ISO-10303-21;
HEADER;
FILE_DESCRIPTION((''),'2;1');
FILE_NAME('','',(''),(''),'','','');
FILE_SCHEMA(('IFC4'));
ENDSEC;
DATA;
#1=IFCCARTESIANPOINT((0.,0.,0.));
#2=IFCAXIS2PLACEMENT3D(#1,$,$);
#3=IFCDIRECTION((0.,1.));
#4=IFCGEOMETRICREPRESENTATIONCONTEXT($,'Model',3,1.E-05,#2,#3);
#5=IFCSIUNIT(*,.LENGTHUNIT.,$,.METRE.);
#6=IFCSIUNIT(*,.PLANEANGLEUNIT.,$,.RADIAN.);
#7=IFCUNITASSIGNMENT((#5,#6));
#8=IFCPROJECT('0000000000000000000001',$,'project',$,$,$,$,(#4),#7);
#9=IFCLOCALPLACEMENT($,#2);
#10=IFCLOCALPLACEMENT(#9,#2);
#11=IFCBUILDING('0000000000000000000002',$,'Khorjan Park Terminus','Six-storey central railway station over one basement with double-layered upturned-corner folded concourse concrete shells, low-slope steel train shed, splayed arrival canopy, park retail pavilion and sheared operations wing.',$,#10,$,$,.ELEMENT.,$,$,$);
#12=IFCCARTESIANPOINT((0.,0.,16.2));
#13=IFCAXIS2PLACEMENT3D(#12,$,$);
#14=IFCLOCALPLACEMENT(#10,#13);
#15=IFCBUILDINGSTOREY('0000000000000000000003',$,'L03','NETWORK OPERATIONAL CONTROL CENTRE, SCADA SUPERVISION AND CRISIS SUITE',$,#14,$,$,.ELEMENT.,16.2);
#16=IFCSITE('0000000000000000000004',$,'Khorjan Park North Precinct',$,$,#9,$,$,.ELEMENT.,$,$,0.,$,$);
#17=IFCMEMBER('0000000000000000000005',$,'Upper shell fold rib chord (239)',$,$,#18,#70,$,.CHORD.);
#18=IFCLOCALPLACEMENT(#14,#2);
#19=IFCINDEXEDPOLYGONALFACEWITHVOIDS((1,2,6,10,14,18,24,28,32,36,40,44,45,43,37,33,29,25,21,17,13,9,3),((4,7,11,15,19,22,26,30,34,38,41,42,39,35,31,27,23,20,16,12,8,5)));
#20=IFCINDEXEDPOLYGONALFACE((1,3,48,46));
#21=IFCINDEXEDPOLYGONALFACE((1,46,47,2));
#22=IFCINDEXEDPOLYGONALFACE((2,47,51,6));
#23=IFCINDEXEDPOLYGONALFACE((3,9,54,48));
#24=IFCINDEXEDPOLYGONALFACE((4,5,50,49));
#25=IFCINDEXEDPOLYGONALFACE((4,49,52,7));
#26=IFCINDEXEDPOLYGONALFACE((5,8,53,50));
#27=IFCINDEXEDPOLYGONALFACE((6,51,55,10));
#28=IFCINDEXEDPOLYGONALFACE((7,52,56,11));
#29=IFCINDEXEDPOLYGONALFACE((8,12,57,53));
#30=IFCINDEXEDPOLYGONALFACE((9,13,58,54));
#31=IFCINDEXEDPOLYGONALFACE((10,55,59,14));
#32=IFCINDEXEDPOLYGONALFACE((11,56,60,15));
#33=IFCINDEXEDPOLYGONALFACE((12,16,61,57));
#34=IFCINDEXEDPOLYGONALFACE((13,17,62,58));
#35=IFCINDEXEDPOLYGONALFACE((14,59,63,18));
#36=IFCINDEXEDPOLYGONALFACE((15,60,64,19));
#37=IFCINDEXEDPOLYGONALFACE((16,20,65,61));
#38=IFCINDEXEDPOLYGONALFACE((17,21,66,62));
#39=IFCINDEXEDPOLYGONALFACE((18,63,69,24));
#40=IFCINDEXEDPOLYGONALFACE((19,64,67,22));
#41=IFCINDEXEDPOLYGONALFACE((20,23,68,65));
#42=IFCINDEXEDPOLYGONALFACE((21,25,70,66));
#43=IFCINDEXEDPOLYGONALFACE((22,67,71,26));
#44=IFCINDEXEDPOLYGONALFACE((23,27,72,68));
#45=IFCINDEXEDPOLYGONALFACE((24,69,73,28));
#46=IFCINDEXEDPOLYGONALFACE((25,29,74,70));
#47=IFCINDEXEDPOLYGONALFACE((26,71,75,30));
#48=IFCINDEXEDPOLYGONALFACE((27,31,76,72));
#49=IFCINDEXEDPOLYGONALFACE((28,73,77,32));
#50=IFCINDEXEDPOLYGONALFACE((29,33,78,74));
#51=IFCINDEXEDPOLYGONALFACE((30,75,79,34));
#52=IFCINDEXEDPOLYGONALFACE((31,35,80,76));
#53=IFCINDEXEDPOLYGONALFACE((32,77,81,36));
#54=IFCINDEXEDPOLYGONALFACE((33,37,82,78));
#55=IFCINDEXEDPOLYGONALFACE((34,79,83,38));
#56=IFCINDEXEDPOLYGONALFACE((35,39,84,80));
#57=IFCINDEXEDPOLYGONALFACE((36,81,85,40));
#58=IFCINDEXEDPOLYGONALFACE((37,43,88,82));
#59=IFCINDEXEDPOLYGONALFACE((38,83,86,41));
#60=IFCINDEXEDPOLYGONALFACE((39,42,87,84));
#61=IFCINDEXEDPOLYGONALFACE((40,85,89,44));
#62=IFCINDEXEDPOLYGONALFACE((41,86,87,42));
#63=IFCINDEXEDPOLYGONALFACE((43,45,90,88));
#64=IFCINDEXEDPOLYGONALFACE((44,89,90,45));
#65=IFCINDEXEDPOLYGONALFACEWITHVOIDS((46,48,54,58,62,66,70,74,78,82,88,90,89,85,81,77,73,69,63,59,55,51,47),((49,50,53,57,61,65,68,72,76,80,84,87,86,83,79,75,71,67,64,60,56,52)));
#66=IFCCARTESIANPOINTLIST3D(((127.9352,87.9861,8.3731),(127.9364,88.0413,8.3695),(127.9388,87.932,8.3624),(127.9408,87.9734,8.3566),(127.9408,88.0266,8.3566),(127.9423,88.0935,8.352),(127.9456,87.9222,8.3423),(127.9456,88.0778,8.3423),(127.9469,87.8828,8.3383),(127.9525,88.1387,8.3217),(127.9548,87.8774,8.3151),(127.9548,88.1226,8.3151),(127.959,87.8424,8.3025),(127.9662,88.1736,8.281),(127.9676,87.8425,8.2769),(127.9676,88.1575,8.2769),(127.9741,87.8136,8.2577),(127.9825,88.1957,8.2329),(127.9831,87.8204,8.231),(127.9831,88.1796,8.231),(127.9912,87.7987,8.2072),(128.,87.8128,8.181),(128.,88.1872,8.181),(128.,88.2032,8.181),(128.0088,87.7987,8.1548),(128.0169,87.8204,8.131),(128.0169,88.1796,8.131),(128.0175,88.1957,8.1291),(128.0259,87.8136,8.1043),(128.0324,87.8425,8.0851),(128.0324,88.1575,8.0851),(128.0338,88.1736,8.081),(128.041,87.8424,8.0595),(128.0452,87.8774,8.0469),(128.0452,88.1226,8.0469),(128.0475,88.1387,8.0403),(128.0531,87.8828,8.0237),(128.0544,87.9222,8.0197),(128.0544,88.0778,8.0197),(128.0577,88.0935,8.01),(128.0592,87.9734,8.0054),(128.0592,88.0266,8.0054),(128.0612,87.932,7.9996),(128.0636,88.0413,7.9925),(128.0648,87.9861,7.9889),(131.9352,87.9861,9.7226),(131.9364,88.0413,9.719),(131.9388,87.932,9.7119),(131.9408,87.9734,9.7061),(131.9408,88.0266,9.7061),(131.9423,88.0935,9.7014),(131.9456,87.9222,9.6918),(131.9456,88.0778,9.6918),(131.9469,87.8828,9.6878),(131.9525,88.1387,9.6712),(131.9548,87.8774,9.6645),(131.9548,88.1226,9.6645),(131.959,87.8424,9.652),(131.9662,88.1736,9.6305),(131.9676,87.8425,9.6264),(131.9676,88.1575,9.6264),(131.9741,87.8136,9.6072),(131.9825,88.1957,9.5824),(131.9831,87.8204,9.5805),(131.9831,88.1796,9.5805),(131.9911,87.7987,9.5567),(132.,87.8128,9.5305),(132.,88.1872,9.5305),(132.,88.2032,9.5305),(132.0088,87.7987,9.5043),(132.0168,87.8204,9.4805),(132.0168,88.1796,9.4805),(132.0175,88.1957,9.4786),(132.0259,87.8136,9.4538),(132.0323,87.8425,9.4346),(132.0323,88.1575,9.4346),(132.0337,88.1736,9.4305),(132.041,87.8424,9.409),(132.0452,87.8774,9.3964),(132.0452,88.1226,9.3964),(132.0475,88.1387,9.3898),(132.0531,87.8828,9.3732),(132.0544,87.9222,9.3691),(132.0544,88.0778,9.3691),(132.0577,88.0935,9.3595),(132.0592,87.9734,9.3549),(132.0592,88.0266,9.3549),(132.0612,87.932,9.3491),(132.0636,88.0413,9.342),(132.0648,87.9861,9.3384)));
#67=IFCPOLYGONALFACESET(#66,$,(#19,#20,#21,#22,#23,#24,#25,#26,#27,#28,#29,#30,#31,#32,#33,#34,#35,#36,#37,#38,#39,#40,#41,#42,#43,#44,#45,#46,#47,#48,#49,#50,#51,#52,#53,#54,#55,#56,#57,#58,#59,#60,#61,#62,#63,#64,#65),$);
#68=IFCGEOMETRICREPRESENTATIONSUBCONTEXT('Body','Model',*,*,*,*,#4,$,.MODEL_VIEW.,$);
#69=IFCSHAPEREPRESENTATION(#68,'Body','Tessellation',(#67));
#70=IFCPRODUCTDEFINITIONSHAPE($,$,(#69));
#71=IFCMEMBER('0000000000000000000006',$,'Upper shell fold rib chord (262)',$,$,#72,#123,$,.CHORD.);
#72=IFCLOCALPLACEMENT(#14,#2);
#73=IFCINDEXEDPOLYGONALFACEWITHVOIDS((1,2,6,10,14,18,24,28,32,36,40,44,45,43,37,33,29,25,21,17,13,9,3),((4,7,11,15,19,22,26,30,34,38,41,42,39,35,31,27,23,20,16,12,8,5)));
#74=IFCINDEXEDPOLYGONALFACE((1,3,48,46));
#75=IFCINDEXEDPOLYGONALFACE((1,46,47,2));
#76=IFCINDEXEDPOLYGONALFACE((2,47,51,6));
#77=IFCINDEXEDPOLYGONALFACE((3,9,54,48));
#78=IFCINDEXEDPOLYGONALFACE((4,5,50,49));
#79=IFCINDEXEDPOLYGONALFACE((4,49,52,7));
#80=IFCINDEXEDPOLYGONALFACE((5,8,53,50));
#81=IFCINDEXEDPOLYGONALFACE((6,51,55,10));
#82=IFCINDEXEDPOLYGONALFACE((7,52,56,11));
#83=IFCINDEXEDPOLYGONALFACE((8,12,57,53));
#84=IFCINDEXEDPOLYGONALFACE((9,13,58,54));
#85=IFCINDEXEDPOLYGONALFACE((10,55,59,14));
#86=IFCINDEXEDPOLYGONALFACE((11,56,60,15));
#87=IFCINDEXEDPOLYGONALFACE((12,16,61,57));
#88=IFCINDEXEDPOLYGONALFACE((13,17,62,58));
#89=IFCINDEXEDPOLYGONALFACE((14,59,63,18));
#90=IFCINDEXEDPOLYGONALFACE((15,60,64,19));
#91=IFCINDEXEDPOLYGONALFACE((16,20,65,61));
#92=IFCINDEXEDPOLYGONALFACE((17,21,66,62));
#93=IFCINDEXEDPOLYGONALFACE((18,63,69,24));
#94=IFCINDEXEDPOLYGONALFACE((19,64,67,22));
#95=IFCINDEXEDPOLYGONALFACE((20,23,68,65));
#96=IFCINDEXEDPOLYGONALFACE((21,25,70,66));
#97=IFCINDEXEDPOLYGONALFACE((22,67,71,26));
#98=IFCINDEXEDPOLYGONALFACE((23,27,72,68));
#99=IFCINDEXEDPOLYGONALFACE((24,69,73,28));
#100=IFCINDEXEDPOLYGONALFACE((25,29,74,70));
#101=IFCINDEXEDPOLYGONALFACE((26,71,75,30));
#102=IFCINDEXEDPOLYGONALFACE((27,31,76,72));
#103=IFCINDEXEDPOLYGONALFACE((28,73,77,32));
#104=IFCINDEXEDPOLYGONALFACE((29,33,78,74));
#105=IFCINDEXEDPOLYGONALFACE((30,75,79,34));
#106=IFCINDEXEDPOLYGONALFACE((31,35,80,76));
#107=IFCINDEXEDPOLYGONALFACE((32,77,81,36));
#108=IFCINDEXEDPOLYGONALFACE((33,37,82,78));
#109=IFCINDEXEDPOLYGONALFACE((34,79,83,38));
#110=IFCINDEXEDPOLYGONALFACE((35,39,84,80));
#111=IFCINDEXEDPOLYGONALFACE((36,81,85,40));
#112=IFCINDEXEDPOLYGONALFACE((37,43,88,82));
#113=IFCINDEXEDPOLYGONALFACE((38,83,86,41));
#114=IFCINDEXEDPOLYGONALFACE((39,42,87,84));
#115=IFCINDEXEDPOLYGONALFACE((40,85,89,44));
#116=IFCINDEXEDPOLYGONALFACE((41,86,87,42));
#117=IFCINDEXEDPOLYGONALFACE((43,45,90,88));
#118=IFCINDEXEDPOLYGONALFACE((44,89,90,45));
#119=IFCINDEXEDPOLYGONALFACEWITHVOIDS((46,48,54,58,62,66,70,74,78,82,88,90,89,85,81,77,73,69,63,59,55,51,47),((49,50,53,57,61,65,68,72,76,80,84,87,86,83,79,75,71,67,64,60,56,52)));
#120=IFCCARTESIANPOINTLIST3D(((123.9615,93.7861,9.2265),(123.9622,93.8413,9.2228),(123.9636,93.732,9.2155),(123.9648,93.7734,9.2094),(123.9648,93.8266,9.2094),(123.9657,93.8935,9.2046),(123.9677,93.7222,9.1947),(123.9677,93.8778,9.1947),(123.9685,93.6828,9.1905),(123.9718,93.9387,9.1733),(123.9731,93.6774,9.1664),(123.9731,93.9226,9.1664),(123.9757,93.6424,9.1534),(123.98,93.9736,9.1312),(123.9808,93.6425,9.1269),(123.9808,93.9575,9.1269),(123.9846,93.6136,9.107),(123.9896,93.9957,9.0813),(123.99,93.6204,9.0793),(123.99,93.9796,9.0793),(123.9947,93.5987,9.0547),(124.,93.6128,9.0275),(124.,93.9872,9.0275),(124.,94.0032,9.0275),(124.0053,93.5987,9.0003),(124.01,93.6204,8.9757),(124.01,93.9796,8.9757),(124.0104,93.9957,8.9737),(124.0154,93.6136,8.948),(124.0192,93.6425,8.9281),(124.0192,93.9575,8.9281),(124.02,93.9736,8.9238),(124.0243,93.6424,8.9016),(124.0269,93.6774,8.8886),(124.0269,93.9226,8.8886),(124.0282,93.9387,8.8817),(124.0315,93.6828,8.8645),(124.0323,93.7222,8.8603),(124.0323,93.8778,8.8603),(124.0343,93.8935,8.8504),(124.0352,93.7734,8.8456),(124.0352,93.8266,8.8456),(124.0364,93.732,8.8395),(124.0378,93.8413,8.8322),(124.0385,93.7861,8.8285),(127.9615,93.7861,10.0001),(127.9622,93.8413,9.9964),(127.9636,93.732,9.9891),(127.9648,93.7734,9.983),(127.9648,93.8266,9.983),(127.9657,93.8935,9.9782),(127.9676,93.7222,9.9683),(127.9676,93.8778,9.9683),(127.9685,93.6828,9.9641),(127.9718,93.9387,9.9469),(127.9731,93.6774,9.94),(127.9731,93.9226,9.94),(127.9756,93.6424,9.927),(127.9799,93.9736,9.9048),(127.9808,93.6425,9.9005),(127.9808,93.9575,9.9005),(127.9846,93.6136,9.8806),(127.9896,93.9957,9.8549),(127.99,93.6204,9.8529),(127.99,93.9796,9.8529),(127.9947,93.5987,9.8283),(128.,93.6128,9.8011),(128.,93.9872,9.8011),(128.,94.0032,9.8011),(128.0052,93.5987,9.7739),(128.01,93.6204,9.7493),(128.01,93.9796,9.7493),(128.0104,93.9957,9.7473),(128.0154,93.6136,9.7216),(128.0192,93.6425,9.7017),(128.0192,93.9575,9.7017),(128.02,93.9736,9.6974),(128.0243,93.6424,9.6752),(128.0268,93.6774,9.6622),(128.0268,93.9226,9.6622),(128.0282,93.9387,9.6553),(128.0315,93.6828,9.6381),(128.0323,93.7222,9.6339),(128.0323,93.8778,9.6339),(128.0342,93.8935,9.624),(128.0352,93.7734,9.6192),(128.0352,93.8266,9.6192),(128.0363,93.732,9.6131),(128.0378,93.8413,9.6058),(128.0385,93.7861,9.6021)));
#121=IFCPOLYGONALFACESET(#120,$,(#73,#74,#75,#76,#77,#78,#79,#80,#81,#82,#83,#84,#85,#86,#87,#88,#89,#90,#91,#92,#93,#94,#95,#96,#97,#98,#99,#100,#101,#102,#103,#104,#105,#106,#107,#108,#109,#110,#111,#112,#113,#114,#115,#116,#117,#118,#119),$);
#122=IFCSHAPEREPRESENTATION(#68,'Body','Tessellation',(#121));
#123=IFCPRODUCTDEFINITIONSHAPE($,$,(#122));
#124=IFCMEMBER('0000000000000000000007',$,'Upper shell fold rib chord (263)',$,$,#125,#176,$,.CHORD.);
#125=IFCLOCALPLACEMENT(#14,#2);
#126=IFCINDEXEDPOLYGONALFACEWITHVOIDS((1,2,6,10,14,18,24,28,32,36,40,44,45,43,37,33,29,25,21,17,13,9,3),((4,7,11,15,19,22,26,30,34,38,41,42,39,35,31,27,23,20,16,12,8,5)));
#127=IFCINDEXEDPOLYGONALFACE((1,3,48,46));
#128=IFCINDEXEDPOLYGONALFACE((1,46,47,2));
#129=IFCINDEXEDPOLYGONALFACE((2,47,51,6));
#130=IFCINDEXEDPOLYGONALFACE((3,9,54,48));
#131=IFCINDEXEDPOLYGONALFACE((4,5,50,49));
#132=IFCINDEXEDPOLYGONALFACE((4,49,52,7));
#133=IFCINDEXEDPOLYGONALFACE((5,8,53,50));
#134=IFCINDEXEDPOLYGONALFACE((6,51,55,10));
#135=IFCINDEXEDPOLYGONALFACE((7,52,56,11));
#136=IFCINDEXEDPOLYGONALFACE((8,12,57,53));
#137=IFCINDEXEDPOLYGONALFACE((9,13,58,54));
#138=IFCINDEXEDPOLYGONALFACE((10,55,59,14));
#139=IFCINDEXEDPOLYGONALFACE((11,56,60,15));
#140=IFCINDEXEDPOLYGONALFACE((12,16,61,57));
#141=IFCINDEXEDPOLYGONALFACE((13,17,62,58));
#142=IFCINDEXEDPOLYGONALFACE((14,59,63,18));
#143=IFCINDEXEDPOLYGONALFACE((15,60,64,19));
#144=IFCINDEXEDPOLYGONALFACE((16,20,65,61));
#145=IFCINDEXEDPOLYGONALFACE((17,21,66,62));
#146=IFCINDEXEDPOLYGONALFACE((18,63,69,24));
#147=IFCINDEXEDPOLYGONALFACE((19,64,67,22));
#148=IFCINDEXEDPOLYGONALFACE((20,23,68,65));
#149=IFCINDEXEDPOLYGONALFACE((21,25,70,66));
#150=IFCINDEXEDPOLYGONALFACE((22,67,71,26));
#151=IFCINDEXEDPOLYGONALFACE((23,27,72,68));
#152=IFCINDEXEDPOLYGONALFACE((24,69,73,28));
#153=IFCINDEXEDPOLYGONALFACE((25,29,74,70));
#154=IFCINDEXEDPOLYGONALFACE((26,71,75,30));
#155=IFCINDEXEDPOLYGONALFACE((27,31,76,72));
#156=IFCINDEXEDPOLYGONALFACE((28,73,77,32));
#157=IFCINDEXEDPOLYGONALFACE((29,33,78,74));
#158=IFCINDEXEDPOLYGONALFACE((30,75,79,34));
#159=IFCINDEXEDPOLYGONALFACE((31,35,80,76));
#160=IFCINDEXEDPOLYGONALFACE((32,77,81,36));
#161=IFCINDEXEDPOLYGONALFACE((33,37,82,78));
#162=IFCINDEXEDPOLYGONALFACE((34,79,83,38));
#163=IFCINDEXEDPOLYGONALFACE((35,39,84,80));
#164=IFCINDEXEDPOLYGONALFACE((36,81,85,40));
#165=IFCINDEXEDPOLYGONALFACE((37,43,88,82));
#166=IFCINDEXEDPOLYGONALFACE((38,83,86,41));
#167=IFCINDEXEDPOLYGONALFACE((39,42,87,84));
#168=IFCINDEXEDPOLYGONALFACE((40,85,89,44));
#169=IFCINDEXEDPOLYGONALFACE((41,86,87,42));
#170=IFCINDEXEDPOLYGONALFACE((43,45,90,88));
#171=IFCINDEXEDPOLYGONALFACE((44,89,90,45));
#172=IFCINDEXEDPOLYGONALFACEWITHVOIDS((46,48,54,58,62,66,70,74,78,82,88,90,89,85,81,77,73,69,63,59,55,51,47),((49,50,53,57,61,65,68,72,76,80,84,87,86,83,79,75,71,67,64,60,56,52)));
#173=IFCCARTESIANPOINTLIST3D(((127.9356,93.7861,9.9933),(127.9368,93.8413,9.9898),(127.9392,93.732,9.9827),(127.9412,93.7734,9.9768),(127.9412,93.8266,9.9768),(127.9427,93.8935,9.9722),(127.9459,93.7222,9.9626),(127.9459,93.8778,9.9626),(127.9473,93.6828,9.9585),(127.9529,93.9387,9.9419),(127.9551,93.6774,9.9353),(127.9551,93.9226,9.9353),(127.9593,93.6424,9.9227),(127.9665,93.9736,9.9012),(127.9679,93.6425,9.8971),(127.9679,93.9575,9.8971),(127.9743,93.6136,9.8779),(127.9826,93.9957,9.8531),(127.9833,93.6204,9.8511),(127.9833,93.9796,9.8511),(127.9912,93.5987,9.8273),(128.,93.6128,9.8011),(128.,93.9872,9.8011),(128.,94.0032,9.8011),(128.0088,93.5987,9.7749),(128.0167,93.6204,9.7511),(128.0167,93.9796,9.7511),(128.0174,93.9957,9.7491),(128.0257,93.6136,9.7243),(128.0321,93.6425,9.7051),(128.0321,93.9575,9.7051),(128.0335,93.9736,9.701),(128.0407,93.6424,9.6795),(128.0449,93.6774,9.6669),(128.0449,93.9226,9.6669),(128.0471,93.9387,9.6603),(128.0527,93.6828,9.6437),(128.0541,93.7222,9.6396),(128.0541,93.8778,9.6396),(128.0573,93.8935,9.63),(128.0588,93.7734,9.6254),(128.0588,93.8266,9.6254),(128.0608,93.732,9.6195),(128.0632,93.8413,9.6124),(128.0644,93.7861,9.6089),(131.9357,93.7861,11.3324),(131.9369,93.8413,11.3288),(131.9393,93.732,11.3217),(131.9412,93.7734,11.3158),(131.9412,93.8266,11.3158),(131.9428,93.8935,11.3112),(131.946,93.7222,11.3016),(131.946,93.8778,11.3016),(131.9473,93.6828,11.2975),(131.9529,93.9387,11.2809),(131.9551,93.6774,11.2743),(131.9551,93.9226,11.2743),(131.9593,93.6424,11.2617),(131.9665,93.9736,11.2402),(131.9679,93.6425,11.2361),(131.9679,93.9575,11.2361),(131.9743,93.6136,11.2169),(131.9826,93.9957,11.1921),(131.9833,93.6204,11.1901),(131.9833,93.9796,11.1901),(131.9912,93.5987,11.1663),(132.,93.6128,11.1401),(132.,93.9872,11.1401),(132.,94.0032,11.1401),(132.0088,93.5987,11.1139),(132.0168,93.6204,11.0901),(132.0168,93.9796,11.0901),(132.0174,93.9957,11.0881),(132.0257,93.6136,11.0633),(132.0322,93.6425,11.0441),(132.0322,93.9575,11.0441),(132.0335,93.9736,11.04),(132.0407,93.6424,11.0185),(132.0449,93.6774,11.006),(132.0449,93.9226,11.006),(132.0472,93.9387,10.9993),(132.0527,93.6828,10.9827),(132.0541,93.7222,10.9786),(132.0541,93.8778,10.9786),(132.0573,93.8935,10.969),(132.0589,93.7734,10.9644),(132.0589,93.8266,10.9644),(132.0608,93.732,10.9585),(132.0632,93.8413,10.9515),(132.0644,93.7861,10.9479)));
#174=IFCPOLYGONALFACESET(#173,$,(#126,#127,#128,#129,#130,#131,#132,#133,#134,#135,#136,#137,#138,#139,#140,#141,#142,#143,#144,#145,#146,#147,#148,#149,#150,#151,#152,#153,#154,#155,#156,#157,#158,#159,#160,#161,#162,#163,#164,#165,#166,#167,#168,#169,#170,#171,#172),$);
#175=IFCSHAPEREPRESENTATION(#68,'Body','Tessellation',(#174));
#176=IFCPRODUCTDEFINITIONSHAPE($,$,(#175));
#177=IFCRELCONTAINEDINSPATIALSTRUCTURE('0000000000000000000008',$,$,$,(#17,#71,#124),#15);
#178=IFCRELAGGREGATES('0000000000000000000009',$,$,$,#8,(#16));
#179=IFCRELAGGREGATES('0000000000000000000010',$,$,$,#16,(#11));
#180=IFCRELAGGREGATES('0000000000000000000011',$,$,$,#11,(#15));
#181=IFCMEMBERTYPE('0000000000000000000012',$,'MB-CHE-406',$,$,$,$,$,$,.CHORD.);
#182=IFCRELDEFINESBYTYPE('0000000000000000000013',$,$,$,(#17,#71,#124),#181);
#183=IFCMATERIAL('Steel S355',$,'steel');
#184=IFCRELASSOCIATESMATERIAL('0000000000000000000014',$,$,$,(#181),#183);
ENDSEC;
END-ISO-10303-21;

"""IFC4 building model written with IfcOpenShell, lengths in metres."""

from ifc_helpers import new_model, si_unit, direction, frame, origin, origin_2d, place, context, subcontext, project, spatial, hollow_circle, extrude, material, material_profile, profile_set, type_object, element, save


model = new_model("IFC4")

# Units and contexts
model_context = context("Model", 3, precision=1e-05, world=origin(), true_north=direction((0.0, 1.0)))
body_context = subcontext(model_context, "Body", "Model", "MODEL_VIEW")
ifc_project = project(units=[si_unit("LENGTHUNIT", "METRE"), si_unit("PLANEANGLEUNIT", "RADIAN")], contexts=[model_context])

# Site, building, storey
site_placement = place(None, origin())
site = spatial("IfcSite", under=ifc_project, at=site_placement, Name="Khorjan Park North Precinct", CompositionType="ELEMENT", RefElevation=0.0)
building_placement = place(site_placement, origin())
building = spatial("IfcBuilding", under=site, at=building_placement, Name="Khorjan Park Terminus", Description="Six-storey central railway station over one basement with double-layered upturned-corner folded concourse concrete shells, low-slope steel train shed, splayed arrival canopy, park retail pavilion and sheared operations wing.", CompositionType="ELEMENT")
storey_placement = place(building_placement, frame((0.0, 0.0, 16.2)))
storey = spatial("IfcBuildingStorey", under=building, at=storey_placement, Name="L03", Description="NETWORK OPERATIONAL CONTROL CENTRE, SCADA SUPERVISION AND CRISIS SUITE", CompositionType="ELEMENT", Elevation=16.2)

# Members
ifc_material_1 = material(Name="Steel S355", Category="steel")
ifc_material_profile_1 = material_profile(ifc_material_1, hollow_circle(Radius=0.2032, WallThickness=0.016, at=origin_2d()), Name="CHS 406.4x16")
ifc_profile_set_1 = profile_set([ifc_material_profile_1], Name="Steel S355")
member_type_1 = type_object("IfcMemberType", Name="MB-CHE-406", PredefinedType="CHORD", material=ifc_profile_set_1)
member_1_placement = place(storey_placement, frame((128.0, 88.0, 8.181), z_axis=(0.947528, 0.0, 0.319672), x_axis=(0.0, 1.0, 0.0)))
element("IfcMember", 1, at=member_1_placement, inside=storey, type_object=member_type_1, Name="Upper shell fold rib chord (239)", PredefinedType="CHORD", context=body_context, shape_type="SweptSolid", body=[
    extrude(hollow_circle(Radius=0.2032, WallThickness=0.016, at=origin_2d()), origin(), (0.0, 0.0, 1.0), 4.2215),
])
member_2_placement = place(storey_placement, frame((124.0, 93.8, 9.0275), z_axis=(0.981807, 0.0, 0.189881), x_axis=(0.0, 1.0, 0.0)))
element("IfcMember", 2, at=member_2_placement, inside=storey, type_object=member_type_1, Name="Upper shell fold rib chord (262)", PredefinedType="CHORD", context=body_context, shape_type="SweptSolid", body=[
    extrude(hollow_circle(Radius=0.2032, WallThickness=0.016, at=origin_2d()), origin(), (0.0, 0.0, 1.0), 4.0741),
])
member_3_placement = place(storey_placement, frame((128.0, 93.8, 9.8011), z_axis=(0.94828, 0.0, 0.317437), x_axis=(0.0, 1.0, 0.0)))
element("IfcMember", 3, at=member_3_placement, inside=storey, type_object=member_type_1, Name="Upper shell fold rib chord (263)", PredefinedType="CHORD", context=body_context, shape_type="SweptSolid", body=[
    extrude(hollow_circle(Radius=0.2032, WallThickness=0.016, at=origin_2d()), origin(), (0.0, 0.0, 1.0), 4.2182),
])

save(model, "model.ifc")
